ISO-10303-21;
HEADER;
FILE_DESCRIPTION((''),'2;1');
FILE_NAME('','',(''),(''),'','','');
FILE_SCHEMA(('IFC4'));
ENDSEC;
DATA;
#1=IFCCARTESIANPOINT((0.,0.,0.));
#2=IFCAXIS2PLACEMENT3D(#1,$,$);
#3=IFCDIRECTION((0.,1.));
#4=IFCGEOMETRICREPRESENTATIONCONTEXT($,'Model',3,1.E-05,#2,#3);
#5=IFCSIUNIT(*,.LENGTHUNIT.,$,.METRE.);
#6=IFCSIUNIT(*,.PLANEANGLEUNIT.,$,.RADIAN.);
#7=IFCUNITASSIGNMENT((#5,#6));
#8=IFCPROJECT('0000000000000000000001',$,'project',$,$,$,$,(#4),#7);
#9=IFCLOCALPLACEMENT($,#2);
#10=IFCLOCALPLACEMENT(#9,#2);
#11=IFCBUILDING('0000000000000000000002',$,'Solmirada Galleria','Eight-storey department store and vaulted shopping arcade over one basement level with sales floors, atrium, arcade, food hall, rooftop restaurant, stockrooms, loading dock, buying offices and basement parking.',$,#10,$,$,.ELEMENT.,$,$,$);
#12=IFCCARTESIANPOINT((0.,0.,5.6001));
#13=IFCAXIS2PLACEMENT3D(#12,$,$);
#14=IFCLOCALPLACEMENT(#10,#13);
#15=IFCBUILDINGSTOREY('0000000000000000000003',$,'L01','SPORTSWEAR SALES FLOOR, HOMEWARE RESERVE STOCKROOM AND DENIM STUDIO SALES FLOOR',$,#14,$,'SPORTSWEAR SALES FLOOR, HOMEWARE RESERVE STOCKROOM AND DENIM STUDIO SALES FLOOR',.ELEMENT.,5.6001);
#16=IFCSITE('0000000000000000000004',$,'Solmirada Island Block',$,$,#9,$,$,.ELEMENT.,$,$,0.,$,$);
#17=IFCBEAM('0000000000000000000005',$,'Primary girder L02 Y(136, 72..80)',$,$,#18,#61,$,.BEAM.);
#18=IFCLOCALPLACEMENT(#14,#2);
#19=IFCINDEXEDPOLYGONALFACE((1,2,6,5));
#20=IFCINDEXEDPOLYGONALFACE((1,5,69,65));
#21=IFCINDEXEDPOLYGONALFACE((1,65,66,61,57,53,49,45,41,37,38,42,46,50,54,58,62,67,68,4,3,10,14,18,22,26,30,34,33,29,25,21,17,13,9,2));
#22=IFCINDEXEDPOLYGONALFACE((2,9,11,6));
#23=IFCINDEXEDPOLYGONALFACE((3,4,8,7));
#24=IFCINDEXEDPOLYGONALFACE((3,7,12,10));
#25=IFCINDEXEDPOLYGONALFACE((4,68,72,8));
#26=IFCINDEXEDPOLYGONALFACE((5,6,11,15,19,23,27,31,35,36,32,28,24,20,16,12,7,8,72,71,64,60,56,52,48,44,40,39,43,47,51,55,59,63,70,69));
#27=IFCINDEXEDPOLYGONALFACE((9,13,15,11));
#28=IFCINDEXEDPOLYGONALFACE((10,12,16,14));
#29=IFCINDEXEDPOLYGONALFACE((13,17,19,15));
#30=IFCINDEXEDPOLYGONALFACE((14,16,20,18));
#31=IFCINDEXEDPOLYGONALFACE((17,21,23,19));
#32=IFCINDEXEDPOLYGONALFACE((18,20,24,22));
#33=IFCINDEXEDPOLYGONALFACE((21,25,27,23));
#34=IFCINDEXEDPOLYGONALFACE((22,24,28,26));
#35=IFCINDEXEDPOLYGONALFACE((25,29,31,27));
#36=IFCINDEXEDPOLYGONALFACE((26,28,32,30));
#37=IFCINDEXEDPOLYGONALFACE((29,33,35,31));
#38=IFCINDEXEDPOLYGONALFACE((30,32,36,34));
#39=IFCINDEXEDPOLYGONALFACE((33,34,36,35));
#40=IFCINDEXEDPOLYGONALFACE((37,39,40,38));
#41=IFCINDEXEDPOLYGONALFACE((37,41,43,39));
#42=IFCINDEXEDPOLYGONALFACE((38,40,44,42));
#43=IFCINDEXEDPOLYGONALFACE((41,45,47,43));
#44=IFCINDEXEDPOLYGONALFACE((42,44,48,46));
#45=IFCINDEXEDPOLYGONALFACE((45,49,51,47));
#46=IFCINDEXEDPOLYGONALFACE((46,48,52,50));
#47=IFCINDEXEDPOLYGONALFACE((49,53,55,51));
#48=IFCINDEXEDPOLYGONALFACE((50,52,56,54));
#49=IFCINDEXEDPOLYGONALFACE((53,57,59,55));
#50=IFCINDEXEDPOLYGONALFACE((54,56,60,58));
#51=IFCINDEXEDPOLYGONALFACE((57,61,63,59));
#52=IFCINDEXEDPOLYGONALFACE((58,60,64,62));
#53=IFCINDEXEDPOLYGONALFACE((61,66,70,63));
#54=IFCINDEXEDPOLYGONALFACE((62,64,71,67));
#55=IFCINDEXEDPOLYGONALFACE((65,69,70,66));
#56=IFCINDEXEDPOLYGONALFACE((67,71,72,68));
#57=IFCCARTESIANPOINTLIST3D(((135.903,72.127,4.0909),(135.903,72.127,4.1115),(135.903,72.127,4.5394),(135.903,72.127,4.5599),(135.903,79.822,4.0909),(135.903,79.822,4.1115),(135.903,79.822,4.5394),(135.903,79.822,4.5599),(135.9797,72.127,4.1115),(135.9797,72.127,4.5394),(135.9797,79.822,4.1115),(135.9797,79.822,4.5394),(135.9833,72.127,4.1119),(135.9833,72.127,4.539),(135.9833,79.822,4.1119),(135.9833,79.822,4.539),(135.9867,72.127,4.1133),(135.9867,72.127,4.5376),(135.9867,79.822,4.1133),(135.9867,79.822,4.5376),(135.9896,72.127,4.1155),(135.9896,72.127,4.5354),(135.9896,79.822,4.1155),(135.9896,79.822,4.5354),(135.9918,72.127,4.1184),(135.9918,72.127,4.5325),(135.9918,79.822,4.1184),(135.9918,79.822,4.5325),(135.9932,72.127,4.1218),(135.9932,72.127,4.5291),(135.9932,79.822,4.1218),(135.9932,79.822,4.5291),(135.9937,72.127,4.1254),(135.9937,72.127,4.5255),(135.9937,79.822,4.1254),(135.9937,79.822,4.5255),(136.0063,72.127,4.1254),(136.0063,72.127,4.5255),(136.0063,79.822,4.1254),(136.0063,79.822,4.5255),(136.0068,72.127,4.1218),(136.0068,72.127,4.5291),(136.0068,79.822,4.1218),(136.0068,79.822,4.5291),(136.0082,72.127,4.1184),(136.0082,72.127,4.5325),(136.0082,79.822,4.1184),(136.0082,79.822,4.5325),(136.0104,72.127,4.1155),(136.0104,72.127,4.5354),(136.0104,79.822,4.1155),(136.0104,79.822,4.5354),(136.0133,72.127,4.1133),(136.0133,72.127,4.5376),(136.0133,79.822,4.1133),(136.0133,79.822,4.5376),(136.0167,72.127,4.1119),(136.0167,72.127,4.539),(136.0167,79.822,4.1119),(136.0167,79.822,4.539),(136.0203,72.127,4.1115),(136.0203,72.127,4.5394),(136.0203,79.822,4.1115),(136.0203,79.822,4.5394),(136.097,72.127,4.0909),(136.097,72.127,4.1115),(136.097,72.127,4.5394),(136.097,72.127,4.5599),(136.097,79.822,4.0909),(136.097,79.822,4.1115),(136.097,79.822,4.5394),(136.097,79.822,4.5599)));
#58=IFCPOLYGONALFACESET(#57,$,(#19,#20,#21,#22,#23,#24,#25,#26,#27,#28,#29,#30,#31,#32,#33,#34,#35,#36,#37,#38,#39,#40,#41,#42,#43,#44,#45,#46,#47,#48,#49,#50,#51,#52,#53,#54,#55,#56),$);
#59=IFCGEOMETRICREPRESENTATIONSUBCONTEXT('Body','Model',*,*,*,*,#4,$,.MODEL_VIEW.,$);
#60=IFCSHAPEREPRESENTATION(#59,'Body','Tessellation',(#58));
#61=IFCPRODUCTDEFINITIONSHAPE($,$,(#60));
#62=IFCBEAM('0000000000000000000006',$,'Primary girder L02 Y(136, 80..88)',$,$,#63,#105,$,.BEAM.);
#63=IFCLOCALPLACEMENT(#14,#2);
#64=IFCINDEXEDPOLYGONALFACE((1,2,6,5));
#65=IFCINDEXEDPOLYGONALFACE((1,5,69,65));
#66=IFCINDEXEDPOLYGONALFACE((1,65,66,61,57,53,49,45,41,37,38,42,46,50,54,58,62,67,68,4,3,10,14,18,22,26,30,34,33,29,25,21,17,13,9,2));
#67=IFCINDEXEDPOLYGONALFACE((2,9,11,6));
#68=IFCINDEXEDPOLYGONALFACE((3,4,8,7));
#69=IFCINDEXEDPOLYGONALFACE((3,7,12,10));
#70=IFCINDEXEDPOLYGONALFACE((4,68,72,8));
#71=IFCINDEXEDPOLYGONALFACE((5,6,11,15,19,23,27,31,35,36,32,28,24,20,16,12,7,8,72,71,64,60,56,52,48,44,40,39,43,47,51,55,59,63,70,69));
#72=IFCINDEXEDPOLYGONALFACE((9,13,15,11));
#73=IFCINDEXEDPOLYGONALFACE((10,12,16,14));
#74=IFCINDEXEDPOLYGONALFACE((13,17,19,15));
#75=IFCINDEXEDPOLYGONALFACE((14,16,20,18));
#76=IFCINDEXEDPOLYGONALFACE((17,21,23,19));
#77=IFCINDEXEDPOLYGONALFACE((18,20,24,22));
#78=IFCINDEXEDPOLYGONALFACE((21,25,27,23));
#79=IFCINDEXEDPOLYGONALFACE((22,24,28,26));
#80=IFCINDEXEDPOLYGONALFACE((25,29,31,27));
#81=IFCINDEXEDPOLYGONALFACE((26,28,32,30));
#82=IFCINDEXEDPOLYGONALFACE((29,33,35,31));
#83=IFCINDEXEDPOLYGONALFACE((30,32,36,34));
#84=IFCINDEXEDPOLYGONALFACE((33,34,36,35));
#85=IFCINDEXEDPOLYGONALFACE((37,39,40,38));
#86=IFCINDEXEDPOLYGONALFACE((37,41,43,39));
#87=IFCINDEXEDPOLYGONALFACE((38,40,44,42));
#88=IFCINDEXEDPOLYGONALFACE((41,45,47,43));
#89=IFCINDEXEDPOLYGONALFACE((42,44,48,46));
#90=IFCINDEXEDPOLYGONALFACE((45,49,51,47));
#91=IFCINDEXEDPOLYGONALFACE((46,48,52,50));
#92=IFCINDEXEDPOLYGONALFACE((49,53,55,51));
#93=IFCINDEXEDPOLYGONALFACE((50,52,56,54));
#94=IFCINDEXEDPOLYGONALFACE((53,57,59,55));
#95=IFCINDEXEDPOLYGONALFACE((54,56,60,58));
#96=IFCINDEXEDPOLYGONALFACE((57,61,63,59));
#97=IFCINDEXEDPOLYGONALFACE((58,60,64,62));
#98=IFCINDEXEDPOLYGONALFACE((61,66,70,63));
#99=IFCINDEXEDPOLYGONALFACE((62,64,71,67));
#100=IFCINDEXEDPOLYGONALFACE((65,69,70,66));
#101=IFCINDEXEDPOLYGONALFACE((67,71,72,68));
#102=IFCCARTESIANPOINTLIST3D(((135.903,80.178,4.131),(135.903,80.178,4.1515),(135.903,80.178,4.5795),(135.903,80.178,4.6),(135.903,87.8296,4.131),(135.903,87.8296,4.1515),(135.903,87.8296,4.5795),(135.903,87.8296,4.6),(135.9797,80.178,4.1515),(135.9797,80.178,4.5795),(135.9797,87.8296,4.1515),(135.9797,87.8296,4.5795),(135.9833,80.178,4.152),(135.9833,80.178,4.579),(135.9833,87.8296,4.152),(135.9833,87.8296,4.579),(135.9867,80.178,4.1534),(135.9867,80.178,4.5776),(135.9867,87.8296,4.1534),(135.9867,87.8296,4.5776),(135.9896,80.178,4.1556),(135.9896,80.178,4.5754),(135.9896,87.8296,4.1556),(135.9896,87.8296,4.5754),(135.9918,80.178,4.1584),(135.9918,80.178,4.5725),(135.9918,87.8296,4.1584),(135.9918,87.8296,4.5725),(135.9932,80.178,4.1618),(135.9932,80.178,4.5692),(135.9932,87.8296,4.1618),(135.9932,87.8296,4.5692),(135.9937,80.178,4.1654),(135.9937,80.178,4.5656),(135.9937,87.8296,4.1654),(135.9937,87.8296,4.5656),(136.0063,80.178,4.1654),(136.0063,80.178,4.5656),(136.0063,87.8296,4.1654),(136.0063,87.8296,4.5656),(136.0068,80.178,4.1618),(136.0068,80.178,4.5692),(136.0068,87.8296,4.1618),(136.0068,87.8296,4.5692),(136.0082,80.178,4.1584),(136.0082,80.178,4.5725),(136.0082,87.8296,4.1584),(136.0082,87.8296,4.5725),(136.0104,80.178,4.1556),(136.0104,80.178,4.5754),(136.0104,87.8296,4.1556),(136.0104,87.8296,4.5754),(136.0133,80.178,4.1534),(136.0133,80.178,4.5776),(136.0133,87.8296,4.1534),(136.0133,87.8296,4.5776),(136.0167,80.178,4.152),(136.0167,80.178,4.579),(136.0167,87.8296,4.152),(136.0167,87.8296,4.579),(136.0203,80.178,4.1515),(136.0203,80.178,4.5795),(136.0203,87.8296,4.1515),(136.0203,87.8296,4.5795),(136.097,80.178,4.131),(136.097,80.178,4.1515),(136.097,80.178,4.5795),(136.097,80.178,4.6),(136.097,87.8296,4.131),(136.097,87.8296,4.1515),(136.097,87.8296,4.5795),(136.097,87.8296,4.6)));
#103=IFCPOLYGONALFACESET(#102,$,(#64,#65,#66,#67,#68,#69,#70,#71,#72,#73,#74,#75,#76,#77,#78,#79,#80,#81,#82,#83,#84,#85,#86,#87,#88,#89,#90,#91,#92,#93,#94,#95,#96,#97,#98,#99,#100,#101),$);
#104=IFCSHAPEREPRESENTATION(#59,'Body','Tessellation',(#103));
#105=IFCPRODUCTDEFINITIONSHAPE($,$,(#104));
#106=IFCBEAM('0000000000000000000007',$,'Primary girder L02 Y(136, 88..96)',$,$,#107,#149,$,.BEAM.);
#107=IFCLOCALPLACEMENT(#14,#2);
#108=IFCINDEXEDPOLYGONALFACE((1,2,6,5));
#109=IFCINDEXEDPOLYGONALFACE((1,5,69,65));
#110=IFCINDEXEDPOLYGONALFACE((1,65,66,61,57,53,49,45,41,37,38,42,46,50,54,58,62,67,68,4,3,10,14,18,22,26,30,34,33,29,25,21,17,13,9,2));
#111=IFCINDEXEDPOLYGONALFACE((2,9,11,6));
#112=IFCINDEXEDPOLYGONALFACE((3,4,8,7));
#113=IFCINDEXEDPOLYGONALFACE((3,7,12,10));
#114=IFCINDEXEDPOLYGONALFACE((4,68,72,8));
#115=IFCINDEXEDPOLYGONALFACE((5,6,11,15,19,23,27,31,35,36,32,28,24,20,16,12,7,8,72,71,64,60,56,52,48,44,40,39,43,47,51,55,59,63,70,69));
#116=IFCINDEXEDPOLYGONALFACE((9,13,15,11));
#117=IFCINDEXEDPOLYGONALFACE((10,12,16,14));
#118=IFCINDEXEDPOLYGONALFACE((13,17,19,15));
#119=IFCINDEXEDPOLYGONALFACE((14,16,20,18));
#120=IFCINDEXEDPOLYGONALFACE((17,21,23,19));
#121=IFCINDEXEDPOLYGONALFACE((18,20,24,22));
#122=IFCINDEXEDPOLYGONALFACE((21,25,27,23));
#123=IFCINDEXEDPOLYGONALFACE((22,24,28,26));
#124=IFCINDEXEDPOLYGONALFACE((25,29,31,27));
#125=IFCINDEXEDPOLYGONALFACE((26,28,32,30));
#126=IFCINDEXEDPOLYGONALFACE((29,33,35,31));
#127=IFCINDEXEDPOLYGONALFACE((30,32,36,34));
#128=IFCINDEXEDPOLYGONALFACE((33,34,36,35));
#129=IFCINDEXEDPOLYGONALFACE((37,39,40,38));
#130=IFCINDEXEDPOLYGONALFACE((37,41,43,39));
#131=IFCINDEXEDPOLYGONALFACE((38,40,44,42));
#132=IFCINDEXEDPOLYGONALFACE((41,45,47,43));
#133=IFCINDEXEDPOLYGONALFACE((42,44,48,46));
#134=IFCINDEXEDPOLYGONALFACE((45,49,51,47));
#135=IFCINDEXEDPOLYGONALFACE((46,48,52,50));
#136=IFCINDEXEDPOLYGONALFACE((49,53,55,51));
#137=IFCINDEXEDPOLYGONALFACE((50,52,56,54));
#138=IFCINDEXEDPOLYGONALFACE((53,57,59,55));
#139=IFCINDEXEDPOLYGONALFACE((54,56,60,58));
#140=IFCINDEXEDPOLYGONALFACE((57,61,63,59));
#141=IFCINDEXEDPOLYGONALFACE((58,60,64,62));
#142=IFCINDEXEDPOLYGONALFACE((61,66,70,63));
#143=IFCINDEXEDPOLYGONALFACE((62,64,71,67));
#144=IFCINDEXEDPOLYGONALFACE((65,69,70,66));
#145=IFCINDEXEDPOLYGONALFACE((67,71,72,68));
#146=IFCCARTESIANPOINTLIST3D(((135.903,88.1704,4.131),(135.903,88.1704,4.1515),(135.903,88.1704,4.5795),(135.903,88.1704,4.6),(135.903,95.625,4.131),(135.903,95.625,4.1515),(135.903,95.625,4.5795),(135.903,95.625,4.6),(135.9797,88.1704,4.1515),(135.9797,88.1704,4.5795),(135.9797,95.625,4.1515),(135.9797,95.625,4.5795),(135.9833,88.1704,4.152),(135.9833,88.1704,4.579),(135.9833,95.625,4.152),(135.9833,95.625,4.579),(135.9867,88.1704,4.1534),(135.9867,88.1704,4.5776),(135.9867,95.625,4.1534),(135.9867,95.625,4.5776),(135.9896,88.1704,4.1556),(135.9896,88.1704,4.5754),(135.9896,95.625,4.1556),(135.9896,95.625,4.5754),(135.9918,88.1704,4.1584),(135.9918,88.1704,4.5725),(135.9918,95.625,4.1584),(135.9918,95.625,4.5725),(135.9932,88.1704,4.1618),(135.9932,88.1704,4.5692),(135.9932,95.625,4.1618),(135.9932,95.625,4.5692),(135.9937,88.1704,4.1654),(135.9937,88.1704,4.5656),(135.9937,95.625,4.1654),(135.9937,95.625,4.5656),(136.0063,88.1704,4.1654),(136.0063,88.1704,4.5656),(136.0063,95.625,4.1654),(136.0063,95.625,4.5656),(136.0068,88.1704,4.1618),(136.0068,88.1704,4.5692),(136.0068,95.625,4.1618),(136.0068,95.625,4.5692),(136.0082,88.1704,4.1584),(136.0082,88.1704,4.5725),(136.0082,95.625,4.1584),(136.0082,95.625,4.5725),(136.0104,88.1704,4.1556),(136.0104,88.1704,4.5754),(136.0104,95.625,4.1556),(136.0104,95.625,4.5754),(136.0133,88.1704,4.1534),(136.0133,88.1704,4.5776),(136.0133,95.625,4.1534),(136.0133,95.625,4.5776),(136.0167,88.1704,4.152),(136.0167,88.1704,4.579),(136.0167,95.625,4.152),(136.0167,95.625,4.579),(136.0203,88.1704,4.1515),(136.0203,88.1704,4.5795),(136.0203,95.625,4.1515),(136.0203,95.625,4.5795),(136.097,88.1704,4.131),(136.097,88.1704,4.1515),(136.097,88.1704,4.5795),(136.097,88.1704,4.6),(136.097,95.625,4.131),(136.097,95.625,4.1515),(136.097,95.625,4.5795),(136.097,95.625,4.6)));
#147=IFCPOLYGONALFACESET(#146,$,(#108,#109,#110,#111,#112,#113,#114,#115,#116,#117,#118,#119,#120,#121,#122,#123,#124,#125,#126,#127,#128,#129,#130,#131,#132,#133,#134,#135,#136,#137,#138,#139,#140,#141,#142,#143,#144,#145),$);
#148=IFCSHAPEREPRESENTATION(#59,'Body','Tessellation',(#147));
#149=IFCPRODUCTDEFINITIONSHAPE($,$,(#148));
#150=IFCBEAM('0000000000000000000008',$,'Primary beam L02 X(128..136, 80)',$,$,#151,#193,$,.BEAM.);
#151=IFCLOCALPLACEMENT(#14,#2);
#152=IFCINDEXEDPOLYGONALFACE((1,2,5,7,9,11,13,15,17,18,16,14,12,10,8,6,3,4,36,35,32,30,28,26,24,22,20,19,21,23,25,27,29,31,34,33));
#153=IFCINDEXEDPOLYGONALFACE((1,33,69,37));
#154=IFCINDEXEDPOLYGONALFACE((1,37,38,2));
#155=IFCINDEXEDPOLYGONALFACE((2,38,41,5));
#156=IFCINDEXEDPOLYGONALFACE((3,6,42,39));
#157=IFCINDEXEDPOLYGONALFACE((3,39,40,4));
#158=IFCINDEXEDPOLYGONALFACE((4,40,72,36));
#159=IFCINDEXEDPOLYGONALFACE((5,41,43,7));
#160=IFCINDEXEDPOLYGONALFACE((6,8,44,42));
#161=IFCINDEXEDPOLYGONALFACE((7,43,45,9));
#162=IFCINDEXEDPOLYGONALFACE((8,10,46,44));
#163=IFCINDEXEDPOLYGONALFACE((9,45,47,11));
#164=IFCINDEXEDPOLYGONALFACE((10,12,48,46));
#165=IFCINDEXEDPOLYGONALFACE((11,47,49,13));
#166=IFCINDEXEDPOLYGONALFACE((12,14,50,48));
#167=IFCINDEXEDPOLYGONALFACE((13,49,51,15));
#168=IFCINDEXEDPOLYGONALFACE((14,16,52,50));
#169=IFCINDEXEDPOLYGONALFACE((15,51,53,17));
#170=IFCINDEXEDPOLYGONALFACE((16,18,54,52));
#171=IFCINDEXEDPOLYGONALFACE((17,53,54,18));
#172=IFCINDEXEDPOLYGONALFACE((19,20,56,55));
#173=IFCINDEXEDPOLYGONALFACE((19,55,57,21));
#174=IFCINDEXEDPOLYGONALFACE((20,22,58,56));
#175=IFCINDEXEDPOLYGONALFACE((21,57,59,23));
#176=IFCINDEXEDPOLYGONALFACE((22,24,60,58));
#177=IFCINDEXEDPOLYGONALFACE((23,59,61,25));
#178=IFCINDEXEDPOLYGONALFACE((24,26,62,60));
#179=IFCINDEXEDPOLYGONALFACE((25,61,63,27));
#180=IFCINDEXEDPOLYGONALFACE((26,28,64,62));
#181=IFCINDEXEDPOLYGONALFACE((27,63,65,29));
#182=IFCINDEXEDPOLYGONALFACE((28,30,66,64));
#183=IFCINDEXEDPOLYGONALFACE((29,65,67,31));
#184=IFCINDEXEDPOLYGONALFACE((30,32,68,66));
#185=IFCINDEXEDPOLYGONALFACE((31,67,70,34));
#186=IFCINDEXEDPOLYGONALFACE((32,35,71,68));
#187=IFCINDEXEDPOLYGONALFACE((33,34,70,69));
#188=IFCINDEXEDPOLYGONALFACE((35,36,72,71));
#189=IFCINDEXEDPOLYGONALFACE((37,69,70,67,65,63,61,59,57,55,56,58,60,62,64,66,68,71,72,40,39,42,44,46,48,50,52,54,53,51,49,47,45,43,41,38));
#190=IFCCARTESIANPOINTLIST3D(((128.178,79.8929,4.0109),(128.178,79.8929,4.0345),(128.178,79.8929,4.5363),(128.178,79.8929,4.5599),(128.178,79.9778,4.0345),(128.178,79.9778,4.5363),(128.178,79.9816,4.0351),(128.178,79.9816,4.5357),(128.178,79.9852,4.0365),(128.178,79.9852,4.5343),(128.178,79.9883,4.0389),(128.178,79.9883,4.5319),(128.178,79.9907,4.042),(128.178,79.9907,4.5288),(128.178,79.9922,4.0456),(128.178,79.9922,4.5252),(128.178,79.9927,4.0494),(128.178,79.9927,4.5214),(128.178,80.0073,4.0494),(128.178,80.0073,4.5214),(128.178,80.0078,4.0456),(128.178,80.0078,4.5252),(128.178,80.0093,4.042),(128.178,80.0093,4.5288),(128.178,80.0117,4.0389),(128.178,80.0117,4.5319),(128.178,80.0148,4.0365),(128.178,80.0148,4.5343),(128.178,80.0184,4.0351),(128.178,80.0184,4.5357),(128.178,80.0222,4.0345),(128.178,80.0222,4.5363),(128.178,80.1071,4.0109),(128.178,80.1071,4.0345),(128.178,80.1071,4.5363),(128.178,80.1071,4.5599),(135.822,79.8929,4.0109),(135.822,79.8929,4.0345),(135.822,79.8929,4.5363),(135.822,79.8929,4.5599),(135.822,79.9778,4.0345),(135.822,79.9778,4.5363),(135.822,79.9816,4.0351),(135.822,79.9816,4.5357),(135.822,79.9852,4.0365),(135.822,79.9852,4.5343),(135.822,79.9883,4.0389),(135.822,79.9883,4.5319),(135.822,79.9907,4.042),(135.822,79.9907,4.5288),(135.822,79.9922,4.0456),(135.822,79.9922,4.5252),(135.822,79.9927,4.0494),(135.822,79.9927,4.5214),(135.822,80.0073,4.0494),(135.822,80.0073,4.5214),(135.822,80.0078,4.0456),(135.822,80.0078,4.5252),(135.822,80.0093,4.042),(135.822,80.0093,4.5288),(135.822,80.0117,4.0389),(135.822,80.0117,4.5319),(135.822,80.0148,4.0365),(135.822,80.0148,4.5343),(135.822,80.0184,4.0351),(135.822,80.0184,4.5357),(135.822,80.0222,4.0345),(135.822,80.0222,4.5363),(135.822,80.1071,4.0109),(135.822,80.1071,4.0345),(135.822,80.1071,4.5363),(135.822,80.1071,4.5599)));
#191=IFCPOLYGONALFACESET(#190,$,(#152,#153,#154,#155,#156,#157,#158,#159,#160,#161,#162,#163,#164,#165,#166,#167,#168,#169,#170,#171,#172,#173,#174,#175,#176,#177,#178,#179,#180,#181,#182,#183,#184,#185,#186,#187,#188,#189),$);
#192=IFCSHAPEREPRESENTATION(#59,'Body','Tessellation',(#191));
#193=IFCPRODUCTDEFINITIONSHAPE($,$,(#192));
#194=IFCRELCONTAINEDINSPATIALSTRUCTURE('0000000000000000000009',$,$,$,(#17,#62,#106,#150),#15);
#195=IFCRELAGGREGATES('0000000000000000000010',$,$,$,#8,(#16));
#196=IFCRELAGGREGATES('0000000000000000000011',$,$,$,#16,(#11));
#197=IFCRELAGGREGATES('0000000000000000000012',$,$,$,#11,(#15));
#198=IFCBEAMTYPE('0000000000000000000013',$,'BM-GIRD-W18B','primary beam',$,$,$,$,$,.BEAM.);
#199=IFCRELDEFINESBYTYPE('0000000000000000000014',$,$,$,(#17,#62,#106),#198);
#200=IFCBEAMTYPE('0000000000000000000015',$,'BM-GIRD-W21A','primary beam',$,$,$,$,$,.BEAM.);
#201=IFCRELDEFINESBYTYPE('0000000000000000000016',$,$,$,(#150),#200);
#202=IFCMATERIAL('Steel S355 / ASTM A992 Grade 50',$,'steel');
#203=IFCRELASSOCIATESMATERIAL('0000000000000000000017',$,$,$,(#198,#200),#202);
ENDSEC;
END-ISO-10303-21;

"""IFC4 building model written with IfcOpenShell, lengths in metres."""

from ifc_helpers import new_model, si_unit, direction, frame, origin, origin_2d, place, context, subcontext, project, spatial, i_section, extrude, material, material_profile, profile_set, type_object, element, save


model = new_model("IFC4")

# Units and contexts
model_context = context("Model", 3, precision=1e-05, world=origin(), true_north=direction((0.0, 1.0)))
body_context = subcontext(model_context, "Body", "Model", "MODEL_VIEW")
ifc_project = project(units=[si_unit("LENGTHUNIT", "METRE"), si_unit("PLANEANGLEUNIT", "RADIAN")], contexts=[model_context])

# Site, building, storey
site_placement = place(None, origin())
site = spatial("IfcSite", under=ifc_project, at=site_placement, Name="Solmirada Island Block", CompositionType="ELEMENT", RefElevation=0.0)
building_placement = place(site_placement, origin())
building = spatial("IfcBuilding", under=site, at=building_placement, Name="Solmirada Galleria", Description="Eight-storey department store and vaulted shopping arcade over one basement level with sales floors, atrium, arcade, food hall, rooftop restaurant, stockrooms, loading dock, buying offices and basement parking.", CompositionType="ELEMENT")
storey_placement = place(building_placement, frame((0.0, 0.0, 5.6001)))
storey = spatial("IfcBuildingStorey", under=building, at=storey_placement, Name="L01", Description="SPORTSWEAR SALES FLOOR, HOMEWARE RESERVE STOCKROOM AND DENIM STUDIO SALES FLOOR", LongName="SPORTSWEAR SALES FLOOR, HOMEWARE RESERVE STOCKROOM AND DENIM STUDIO SALES FLOOR", CompositionType="ELEMENT", Elevation=5.6001)

# Beams
ifc_material_1 = material(Name="Steel S355 / ASTM A992 Grade 50", Category="steel")
ifc_material_profile_1 = material_profile(ifc_material_1, i_section(OverallWidth=0.1941, OverallDepth=0.469, WebThickness=0.0127, FlangeThickness=0.0205, FilletRadius=0.0139, at=origin_2d()), Name="W18X71")
ifc_profile_set_1 = profile_set([ifc_material_profile_1], Name="Steel S355 / ASTM A992 Grade 50")
beam_type_1 = type_object("IfcBeamType", Name="BM-GIRD-W18B", Description="primary beam", PredefinedType="BEAM", material=ifc_profile_set_1)
beam_1_placement = place(storey_placement, frame((136.0, 72.127, 4.3254), z_axis=(0.0, 1.0, 0.0), x_axis=(-1.0, 0.0, 0.0)))
element("IfcBeam", 1, at=beam_1_placement, inside=storey, type_object=beam_type_1, Name="Primary girder L02 Y(136, 72..80)", PredefinedType="BEAM", context=body_context, shape_type="SweptSolid", body=[
    extrude(i_section(OverallWidth=0.1941, OverallDepth=0.469, WebThickness=0.0127, FlangeThickness=0.0205, FilletRadius=0.0139, at=origin_2d()), origin(), (0.0, 0.0, 1.0), 7.6951),
])
beam_2_placement = place(storey_placement, frame((136.0, 80.178, 4.3655), z_axis=(0.0, 1.0, 0.0), x_axis=(-1.0, 0.0, 0.0)))
element("IfcBeam", 2, at=beam_2_placement, inside=storey, type_object=beam_type_1, Name="Primary girder L02 Y(136, 80..88)", PredefinedType="BEAM", context=body_context, shape_type="SweptSolid", body=[
    extrude(i_section(OverallWidth=0.1941, OverallDepth=0.469, WebThickness=0.0127, FlangeThickness=0.0205, FilletRadius=0.0139, at=origin_2d()), origin(), (0.0, 0.0, 1.0), 7.6516),
])
beam_3_placement = place(storey_placement, frame((136.0, 88.1704, 4.3655), z_axis=(0.0, 1.0, 0.0), x_axis=(-1.0, 0.0, 0.0)))
element("IfcBeam", 3, at=beam_3_placement, inside=storey, type_object=beam_type_1, Name="Primary girder L02 Y(136, 88..96)", PredefinedType="BEAM", context=body_context, shape_type="SweptSolid", body=[
    extrude(i_section(OverallWidth=0.1941, OverallDepth=0.469, WebThickness=0.0127, FlangeThickness=0.0205, FilletRadius=0.0139, at=origin_2d()), origin(), (0.0, 0.0, 1.0), 7.4546),
])
ifc_material_profile_2 = material_profile(ifc_material_1, i_section(OverallWidth=0.2141, OverallDepth=0.5491, WebThickness=0.0146, FlangeThickness=0.0237, FilletRadius=0.0149, at=origin_2d()), Name="W21X93")
ifc_profile_set_2 = profile_set([ifc_material_profile_2], Name="Steel S355 / ASTM A992 Grade 50")
beam_type_2 = type_object("IfcBeamType", Name="BM-GIRD-W21A", Description="primary beam", PredefinedType="BEAM", material=ifc_profile_set_2)
beam_4_placement = place(storey_placement, frame((128.178, 80.0, 4.2854), z_axis=(1.0, 0.0, 0.0), x_axis=(0.0, 1.0, 0.0)))
element("IfcBeam", 4, at=beam_4_placement, inside=storey, type_object=beam_type_2, Name="Primary beam L02 X(128..136, 80)", PredefinedType="BEAM", context=body_context, shape_type="SweptSolid", body=[
    extrude(i_section(OverallWidth=0.2141, OverallDepth=0.5491, WebThickness=0.0146, FlangeThickness=0.0237, FilletRadius=0.0149, at=origin_2d()), origin(), (0.0, 0.0, 1.0), 7.644),
])

save(model, "model.ifc")
